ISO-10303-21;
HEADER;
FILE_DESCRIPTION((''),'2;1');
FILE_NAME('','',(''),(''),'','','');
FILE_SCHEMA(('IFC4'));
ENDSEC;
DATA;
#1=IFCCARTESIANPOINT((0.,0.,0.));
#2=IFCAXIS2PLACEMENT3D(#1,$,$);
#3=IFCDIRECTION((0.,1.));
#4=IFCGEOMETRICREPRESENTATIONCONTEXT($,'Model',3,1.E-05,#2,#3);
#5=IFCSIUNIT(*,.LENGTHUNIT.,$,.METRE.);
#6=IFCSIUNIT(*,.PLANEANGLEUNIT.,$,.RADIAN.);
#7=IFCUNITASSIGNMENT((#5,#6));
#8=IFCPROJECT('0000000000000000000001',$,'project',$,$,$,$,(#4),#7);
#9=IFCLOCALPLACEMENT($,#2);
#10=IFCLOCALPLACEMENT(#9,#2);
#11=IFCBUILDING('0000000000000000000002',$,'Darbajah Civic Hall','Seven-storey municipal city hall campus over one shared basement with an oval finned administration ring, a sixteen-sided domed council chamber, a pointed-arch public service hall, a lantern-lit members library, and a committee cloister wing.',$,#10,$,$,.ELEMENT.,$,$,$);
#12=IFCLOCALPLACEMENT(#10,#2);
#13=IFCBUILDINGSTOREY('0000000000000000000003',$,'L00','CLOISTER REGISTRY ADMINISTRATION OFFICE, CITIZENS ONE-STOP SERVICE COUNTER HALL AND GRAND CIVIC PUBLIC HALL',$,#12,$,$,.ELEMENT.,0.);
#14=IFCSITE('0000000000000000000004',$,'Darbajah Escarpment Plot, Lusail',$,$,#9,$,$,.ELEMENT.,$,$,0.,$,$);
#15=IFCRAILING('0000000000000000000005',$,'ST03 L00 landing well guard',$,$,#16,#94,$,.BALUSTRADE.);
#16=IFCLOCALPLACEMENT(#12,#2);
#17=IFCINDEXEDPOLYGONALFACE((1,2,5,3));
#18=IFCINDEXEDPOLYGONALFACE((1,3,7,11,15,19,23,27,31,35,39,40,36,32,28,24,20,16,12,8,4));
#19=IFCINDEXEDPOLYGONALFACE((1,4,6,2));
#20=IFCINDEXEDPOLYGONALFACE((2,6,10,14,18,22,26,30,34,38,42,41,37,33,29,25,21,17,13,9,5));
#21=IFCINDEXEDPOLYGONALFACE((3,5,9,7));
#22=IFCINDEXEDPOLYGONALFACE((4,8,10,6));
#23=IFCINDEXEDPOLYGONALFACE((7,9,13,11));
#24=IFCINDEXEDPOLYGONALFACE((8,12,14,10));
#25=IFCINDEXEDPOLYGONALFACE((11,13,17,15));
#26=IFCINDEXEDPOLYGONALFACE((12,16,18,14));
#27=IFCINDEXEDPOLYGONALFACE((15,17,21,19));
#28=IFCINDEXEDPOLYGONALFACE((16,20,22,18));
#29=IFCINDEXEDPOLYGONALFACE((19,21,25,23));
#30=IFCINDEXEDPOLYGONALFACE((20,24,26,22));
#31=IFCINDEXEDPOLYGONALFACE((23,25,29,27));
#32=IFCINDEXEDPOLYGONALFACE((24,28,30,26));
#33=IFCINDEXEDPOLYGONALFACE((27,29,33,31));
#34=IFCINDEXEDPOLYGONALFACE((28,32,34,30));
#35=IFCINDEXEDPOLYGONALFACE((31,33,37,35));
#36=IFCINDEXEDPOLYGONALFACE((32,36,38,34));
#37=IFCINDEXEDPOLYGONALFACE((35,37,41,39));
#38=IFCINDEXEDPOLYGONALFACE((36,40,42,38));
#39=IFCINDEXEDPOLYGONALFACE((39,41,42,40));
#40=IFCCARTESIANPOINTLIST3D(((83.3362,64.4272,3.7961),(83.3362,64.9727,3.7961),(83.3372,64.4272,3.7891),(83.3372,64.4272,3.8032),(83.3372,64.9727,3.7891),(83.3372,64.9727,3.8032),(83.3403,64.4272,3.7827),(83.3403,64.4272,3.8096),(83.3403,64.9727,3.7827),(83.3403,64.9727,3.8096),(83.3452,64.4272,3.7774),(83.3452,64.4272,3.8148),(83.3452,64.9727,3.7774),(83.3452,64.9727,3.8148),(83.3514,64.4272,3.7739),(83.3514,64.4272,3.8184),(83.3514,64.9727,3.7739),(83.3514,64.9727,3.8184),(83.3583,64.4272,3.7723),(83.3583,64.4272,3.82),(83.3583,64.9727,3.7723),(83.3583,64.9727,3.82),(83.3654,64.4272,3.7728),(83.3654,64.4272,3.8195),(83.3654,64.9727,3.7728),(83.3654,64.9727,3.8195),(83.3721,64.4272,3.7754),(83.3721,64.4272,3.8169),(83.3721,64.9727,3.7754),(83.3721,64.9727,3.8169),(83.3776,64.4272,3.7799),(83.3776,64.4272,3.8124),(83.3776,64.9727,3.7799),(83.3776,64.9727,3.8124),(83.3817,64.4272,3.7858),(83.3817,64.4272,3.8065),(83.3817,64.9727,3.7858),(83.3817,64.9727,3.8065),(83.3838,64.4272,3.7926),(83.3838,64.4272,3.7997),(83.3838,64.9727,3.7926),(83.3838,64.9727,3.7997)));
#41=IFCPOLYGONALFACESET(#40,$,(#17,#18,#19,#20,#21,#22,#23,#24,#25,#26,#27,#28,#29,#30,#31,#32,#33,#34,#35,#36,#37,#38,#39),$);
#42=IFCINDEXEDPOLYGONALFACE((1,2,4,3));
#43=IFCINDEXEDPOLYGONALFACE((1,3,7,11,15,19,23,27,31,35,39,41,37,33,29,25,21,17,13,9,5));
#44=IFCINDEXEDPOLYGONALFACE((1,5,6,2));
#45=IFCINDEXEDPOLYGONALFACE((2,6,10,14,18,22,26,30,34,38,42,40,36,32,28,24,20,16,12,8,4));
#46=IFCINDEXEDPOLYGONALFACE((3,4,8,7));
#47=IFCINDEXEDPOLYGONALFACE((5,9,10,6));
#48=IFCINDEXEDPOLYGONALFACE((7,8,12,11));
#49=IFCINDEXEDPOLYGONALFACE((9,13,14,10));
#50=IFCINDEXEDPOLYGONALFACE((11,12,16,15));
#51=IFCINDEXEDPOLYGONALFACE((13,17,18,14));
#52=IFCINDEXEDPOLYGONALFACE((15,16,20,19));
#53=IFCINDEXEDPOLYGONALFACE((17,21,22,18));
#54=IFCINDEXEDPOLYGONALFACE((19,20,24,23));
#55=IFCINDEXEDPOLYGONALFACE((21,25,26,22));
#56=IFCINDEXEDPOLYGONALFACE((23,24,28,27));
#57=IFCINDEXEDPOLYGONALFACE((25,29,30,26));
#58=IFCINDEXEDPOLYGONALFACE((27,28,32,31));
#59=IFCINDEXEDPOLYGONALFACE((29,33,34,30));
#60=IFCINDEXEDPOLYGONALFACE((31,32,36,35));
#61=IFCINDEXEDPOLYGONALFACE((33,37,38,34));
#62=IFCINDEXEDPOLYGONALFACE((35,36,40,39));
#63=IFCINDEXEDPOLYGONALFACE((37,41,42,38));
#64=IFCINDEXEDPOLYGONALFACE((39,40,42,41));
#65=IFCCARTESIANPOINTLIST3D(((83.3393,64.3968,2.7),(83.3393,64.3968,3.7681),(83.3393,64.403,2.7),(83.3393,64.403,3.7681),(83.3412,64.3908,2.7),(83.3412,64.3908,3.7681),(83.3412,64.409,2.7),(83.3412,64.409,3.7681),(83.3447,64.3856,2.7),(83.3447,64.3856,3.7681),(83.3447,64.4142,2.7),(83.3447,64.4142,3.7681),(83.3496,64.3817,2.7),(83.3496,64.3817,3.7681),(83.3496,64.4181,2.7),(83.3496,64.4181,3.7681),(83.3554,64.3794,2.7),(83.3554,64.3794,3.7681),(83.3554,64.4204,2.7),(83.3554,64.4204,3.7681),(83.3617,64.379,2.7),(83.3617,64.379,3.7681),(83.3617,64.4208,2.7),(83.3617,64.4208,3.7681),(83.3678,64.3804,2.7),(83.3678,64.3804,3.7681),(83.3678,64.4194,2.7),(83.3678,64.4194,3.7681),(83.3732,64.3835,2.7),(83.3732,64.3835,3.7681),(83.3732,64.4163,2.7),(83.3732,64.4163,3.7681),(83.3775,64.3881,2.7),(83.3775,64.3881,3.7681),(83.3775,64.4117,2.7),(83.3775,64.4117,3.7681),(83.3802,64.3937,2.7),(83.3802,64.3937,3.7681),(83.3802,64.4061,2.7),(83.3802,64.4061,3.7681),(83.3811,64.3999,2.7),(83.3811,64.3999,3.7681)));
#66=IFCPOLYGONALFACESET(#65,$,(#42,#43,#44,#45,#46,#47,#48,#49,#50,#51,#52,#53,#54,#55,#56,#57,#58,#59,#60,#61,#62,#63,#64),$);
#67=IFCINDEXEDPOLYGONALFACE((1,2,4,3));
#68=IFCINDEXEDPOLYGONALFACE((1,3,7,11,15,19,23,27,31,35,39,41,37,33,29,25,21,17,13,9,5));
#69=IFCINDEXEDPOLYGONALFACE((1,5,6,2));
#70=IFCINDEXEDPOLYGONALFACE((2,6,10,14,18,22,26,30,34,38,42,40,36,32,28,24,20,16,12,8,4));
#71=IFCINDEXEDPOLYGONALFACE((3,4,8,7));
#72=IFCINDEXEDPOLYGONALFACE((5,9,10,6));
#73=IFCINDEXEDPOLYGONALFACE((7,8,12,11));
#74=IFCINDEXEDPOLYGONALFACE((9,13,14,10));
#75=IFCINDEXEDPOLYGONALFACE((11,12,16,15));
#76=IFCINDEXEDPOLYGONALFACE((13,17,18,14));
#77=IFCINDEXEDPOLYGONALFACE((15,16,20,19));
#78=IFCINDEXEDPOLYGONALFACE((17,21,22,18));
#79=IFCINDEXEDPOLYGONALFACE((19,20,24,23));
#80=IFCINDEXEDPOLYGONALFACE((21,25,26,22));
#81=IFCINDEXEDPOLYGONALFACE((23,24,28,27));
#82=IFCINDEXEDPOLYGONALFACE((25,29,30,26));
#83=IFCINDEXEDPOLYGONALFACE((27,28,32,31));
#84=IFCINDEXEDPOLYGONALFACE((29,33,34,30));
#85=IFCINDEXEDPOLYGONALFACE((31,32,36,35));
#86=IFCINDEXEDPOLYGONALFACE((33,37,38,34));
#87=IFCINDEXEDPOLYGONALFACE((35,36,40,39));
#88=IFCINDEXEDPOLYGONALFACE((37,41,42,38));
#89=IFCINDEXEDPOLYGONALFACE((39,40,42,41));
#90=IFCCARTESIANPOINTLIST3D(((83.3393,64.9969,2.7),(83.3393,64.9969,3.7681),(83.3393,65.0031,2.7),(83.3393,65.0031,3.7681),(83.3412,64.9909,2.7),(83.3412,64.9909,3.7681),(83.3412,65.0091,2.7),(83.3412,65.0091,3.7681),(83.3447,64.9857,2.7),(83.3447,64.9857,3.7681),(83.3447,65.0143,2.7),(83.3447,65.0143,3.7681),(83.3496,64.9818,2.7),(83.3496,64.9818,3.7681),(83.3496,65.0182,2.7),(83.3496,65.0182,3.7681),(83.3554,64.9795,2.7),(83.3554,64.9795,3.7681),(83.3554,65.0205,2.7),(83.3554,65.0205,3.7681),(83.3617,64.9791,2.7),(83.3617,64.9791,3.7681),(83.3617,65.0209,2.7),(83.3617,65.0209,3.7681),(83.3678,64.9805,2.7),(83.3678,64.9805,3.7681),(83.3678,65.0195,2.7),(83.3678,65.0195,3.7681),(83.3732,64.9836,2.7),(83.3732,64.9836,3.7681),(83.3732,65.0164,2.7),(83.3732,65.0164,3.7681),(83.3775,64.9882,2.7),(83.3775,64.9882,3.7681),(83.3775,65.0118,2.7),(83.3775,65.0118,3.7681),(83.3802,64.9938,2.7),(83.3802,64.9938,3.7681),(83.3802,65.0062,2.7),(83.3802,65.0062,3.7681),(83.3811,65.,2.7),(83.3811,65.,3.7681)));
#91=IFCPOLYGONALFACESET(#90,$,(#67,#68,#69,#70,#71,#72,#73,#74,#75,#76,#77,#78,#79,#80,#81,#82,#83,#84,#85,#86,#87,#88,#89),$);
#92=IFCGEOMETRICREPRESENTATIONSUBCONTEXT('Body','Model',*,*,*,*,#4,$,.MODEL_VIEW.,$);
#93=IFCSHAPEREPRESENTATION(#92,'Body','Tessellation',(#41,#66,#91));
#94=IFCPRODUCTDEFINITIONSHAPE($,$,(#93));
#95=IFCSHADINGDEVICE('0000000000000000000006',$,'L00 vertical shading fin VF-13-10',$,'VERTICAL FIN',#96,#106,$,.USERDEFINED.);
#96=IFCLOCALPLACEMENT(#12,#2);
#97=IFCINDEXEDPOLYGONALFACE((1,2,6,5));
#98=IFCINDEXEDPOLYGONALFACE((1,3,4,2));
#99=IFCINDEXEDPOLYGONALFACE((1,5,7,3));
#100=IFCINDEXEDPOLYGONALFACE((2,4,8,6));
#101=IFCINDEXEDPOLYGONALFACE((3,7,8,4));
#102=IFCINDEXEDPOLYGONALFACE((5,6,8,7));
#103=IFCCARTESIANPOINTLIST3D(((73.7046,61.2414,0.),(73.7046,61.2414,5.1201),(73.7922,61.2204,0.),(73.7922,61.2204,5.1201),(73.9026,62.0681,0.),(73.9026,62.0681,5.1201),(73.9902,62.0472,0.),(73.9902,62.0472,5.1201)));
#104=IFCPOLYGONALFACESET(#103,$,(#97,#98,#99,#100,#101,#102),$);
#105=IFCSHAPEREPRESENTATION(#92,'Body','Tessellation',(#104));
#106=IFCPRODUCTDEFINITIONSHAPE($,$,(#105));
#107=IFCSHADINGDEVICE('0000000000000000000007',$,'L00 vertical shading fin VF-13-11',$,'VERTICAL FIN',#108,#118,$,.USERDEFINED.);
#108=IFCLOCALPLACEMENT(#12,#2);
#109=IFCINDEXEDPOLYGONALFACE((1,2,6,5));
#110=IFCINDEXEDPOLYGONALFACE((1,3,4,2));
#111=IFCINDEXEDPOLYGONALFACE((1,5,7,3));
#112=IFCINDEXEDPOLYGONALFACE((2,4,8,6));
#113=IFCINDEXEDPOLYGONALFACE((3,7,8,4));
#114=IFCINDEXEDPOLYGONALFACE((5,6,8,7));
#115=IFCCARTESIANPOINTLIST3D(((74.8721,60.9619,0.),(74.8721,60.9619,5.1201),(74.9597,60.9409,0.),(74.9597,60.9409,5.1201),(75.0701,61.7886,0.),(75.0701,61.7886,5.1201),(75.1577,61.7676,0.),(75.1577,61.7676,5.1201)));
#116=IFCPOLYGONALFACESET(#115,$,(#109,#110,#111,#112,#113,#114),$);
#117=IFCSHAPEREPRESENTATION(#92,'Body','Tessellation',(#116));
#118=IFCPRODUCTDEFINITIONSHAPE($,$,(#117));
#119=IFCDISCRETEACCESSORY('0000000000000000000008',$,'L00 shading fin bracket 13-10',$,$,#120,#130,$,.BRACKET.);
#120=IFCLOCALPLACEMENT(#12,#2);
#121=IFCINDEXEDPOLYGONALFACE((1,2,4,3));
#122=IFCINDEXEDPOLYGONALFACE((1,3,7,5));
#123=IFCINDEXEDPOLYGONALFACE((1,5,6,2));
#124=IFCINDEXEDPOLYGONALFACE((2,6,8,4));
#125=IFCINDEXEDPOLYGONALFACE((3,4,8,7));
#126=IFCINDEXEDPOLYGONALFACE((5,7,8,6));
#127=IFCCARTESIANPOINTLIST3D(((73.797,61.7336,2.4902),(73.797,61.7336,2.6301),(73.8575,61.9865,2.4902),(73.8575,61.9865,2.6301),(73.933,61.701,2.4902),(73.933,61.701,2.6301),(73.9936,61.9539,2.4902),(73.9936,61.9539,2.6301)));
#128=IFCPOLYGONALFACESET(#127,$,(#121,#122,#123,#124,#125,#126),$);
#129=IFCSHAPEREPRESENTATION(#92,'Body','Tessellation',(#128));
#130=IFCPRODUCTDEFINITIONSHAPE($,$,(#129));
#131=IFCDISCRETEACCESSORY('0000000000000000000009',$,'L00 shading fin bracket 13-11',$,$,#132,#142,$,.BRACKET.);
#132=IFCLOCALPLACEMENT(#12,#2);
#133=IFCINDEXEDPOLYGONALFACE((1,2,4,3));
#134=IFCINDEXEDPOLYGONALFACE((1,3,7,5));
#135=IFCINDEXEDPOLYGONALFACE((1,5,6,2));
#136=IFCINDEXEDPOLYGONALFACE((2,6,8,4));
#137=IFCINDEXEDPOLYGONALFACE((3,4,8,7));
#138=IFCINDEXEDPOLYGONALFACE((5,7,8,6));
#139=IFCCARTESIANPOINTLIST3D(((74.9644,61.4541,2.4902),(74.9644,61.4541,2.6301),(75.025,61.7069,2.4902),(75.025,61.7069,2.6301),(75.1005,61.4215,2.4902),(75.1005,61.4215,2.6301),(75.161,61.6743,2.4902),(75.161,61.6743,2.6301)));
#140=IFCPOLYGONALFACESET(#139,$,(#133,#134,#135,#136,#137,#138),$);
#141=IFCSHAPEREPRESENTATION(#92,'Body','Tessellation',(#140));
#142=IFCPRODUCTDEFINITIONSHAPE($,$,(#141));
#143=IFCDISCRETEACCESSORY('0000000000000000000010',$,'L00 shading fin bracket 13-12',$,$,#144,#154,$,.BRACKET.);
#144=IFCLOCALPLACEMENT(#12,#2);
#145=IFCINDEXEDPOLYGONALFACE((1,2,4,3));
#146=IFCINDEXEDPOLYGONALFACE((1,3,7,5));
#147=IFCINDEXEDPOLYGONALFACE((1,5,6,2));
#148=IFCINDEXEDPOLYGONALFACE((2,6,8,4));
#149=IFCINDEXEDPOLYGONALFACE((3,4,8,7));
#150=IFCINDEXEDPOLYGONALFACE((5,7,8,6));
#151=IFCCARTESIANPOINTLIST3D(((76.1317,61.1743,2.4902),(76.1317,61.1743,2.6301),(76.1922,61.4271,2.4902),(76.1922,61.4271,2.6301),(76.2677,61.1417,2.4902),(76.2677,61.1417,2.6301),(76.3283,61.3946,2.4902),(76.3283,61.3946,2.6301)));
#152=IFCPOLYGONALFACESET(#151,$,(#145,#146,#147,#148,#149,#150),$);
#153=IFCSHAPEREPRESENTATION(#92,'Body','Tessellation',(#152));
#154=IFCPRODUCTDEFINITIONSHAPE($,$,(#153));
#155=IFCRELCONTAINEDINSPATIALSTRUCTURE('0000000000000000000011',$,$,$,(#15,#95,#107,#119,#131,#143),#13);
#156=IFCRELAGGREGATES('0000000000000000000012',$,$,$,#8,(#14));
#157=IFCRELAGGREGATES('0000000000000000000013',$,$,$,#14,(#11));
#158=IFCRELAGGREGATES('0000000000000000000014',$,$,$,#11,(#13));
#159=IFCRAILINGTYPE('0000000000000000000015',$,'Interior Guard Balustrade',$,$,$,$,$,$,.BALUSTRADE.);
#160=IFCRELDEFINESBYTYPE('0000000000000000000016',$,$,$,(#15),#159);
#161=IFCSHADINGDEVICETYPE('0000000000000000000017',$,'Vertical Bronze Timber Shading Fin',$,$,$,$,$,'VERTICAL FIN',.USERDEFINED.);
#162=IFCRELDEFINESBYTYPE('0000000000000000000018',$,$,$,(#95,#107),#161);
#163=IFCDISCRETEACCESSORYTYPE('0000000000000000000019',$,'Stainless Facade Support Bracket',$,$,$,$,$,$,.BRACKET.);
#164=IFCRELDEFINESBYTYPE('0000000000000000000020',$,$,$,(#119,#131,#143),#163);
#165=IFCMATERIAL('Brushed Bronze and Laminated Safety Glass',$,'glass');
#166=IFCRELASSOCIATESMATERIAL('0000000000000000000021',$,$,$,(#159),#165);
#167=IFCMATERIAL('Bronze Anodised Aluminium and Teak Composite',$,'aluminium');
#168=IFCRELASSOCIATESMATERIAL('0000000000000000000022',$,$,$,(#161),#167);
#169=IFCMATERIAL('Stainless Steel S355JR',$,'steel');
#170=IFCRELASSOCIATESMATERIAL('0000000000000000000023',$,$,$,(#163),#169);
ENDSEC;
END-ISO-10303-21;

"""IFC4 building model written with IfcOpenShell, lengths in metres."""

from ifc_helpers import new_model, si_unit, direction, frame, origin, origin_2d, place, context, subcontext, project, spatial, rectangle, circle, extrude, material, type_object, element, save


model = new_model("IFC4")

# Units and contexts
model_context = context("Model", 3, precision=1e-05, world=origin(), true_north=direction((0.0, 1.0)))
body_context = subcontext(model_context, "Body", "Model", "MODEL_VIEW")
ifc_project = project(units=[si_unit("LENGTHUNIT", "METRE"), si_unit("PLANEANGLEUNIT", "RADIAN")], contexts=[model_context])

# Site, building, storey
site_placement = place(None, origin())
site = spatial("IfcSite", under=ifc_project, at=site_placement, Name="Darbajah Escarpment Plot, Lusail", CompositionType="ELEMENT", RefElevation=0.0)
building_placement = place(site_placement, origin())
building = spatial("IfcBuilding", under=site, at=building_placement, Name="Darbajah Civic Hall", Description="Seven-storey municipal city hall campus over one shared basement with an oval finned administration ring, a sixteen-sided domed council chamber, a pointed-arch public service hall, a lantern-lit members library, and a committee cloister wing.", CompositionType="ELEMENT")
storey_placement = place(building_placement, origin())
storey = spatial("IfcBuildingStorey", under=building, at=storey_placement, Name="L00", Description="CLOISTER REGISTRY ADMINISTRATION OFFICE, CITIZENS ONE-STOP SERVICE COUNTER HALL AND GRAND CIVIC PUBLIC HALL", CompositionType="ELEMENT", Elevation=0.0)

# Railing
ifc_material_1 = material(Name="Brushed Bronze and Laminated Safety Glass", Category="glass")
railing_type_1 = type_object("IfcRailingType", Name="Interior Guard Balustrade", PredefinedType="BALUSTRADE", material=ifc_material_1)
railing_1_placement = place(storey_placement, frame((83.3601, 64.3999, 2.7)))
element("IfcRailing", 1, at=railing_1_placement, inside=storey, type_object=railing_type_1, Name="ST03 L00 landing well guard", PredefinedType="BALUSTRADE", context=body_context, shape_type="SweptSolid", body=[
    extrude(circle(Radius=0.0239, at=origin_2d()), frame((0.0, 0.0273, 1.0962), z_axis=(0.0, 1.0, 0.0), x_axis=(-1.0, 0.0, 0.0)), (0.0, 0.0, 1.0), 0.5454),
    extrude(circle(Radius=0.021, at=origin_2d()), origin(), (0.0, 0.0, 1.0), 1.0681),
    extrude(circle(Radius=0.021, at=origin_2d()), frame((0.0, 0.6001, 0.0)), (0.0, 0.0, 1.0), 1.0681),
])

# Shading devices
ifc_material_2 = material(Name="Bronze Anodised Aluminium and Teak Composite", Category="aluminium")
shading_device_type = type_object("IfcShadingDeviceType", Name="Vertical Bronze Timber Shading Fin", ElementType="VERTICAL FIN", PredefinedType="USERDEFINED", material=ifc_material_2)
for number, where, z_axis, x_axis, name in (
    (2, (73.8474, 61.6443, 0.0), (0.0, 0.0, 1.0), (-0.232936, -0.972492, 0.0), "L00 vertical shading fin VF-13-10"),
    (3, (75.0149, 61.3647, 0.0), (0.0, 0.0, 1.0), (-0.232936, -0.972492, 0.0), "L00 vertical shading fin VF-13-11"),
):
    element("IfcShadingDevice", number, at=place(storey_placement, frame(where, z_axis=z_axis, x_axis=x_axis)), inside=storey, type_object=shading_device_type, Name=name, ObjectType="VERTICAL FIN", PredefinedType="USERDEFINED", context=body_context, shape_type="SweptSolid", body=[
        extrude(rectangle(XDim=0.8501, YDim=0.0901, at=origin_2d()), origin(), (0.0, 0.0, 1.0), 5.1201),
    ])

# Discrete accessories
ifc_material_3 = material(Name="Stainless Steel S355JR", Category="steel")
discrete_accessory_type = type_object("IfcDiscreteAccessoryType", Name="Stainless Facade Support Bracket", PredefinedType="BRACKET", material=ifc_material_3)
for number, where, z_axis, x_axis, name in (
    (4, (73.8953, 61.8438, 2.4902), (0.0, 0.0, 1.0), (-0.232936, -0.972492, 0.0), "L00 shading fin bracket 13-10"),
    (5, (75.0627, 61.5642, 2.4902), (0.0, 0.0, 1.0), (-0.232936, -0.972492, 0.0), "L00 shading fin bracket 13-11"),
    (6, (76.23, 61.2844, 2.4902), (0.0, 0.0, 1.0), (-0.232936, -0.972492, 0.0), "L00 shading fin bracket 13-12"),
):
    element("IfcDiscreteAccessory", number, at=place(storey_placement, frame(where, z_axis=z_axis, x_axis=x_axis)), inside=storey, type_object=discrete_accessory_type, Name=name, PredefinedType="BRACKET", context=body_context, shape_type="SweptSolid", body=[
        extrude(rectangle(XDim=0.26, YDim=0.1399, at=origin_2d()), origin(), (0.0, 0.0, 1.0), 0.1399),
    ])

save(model, "model.ifc")
